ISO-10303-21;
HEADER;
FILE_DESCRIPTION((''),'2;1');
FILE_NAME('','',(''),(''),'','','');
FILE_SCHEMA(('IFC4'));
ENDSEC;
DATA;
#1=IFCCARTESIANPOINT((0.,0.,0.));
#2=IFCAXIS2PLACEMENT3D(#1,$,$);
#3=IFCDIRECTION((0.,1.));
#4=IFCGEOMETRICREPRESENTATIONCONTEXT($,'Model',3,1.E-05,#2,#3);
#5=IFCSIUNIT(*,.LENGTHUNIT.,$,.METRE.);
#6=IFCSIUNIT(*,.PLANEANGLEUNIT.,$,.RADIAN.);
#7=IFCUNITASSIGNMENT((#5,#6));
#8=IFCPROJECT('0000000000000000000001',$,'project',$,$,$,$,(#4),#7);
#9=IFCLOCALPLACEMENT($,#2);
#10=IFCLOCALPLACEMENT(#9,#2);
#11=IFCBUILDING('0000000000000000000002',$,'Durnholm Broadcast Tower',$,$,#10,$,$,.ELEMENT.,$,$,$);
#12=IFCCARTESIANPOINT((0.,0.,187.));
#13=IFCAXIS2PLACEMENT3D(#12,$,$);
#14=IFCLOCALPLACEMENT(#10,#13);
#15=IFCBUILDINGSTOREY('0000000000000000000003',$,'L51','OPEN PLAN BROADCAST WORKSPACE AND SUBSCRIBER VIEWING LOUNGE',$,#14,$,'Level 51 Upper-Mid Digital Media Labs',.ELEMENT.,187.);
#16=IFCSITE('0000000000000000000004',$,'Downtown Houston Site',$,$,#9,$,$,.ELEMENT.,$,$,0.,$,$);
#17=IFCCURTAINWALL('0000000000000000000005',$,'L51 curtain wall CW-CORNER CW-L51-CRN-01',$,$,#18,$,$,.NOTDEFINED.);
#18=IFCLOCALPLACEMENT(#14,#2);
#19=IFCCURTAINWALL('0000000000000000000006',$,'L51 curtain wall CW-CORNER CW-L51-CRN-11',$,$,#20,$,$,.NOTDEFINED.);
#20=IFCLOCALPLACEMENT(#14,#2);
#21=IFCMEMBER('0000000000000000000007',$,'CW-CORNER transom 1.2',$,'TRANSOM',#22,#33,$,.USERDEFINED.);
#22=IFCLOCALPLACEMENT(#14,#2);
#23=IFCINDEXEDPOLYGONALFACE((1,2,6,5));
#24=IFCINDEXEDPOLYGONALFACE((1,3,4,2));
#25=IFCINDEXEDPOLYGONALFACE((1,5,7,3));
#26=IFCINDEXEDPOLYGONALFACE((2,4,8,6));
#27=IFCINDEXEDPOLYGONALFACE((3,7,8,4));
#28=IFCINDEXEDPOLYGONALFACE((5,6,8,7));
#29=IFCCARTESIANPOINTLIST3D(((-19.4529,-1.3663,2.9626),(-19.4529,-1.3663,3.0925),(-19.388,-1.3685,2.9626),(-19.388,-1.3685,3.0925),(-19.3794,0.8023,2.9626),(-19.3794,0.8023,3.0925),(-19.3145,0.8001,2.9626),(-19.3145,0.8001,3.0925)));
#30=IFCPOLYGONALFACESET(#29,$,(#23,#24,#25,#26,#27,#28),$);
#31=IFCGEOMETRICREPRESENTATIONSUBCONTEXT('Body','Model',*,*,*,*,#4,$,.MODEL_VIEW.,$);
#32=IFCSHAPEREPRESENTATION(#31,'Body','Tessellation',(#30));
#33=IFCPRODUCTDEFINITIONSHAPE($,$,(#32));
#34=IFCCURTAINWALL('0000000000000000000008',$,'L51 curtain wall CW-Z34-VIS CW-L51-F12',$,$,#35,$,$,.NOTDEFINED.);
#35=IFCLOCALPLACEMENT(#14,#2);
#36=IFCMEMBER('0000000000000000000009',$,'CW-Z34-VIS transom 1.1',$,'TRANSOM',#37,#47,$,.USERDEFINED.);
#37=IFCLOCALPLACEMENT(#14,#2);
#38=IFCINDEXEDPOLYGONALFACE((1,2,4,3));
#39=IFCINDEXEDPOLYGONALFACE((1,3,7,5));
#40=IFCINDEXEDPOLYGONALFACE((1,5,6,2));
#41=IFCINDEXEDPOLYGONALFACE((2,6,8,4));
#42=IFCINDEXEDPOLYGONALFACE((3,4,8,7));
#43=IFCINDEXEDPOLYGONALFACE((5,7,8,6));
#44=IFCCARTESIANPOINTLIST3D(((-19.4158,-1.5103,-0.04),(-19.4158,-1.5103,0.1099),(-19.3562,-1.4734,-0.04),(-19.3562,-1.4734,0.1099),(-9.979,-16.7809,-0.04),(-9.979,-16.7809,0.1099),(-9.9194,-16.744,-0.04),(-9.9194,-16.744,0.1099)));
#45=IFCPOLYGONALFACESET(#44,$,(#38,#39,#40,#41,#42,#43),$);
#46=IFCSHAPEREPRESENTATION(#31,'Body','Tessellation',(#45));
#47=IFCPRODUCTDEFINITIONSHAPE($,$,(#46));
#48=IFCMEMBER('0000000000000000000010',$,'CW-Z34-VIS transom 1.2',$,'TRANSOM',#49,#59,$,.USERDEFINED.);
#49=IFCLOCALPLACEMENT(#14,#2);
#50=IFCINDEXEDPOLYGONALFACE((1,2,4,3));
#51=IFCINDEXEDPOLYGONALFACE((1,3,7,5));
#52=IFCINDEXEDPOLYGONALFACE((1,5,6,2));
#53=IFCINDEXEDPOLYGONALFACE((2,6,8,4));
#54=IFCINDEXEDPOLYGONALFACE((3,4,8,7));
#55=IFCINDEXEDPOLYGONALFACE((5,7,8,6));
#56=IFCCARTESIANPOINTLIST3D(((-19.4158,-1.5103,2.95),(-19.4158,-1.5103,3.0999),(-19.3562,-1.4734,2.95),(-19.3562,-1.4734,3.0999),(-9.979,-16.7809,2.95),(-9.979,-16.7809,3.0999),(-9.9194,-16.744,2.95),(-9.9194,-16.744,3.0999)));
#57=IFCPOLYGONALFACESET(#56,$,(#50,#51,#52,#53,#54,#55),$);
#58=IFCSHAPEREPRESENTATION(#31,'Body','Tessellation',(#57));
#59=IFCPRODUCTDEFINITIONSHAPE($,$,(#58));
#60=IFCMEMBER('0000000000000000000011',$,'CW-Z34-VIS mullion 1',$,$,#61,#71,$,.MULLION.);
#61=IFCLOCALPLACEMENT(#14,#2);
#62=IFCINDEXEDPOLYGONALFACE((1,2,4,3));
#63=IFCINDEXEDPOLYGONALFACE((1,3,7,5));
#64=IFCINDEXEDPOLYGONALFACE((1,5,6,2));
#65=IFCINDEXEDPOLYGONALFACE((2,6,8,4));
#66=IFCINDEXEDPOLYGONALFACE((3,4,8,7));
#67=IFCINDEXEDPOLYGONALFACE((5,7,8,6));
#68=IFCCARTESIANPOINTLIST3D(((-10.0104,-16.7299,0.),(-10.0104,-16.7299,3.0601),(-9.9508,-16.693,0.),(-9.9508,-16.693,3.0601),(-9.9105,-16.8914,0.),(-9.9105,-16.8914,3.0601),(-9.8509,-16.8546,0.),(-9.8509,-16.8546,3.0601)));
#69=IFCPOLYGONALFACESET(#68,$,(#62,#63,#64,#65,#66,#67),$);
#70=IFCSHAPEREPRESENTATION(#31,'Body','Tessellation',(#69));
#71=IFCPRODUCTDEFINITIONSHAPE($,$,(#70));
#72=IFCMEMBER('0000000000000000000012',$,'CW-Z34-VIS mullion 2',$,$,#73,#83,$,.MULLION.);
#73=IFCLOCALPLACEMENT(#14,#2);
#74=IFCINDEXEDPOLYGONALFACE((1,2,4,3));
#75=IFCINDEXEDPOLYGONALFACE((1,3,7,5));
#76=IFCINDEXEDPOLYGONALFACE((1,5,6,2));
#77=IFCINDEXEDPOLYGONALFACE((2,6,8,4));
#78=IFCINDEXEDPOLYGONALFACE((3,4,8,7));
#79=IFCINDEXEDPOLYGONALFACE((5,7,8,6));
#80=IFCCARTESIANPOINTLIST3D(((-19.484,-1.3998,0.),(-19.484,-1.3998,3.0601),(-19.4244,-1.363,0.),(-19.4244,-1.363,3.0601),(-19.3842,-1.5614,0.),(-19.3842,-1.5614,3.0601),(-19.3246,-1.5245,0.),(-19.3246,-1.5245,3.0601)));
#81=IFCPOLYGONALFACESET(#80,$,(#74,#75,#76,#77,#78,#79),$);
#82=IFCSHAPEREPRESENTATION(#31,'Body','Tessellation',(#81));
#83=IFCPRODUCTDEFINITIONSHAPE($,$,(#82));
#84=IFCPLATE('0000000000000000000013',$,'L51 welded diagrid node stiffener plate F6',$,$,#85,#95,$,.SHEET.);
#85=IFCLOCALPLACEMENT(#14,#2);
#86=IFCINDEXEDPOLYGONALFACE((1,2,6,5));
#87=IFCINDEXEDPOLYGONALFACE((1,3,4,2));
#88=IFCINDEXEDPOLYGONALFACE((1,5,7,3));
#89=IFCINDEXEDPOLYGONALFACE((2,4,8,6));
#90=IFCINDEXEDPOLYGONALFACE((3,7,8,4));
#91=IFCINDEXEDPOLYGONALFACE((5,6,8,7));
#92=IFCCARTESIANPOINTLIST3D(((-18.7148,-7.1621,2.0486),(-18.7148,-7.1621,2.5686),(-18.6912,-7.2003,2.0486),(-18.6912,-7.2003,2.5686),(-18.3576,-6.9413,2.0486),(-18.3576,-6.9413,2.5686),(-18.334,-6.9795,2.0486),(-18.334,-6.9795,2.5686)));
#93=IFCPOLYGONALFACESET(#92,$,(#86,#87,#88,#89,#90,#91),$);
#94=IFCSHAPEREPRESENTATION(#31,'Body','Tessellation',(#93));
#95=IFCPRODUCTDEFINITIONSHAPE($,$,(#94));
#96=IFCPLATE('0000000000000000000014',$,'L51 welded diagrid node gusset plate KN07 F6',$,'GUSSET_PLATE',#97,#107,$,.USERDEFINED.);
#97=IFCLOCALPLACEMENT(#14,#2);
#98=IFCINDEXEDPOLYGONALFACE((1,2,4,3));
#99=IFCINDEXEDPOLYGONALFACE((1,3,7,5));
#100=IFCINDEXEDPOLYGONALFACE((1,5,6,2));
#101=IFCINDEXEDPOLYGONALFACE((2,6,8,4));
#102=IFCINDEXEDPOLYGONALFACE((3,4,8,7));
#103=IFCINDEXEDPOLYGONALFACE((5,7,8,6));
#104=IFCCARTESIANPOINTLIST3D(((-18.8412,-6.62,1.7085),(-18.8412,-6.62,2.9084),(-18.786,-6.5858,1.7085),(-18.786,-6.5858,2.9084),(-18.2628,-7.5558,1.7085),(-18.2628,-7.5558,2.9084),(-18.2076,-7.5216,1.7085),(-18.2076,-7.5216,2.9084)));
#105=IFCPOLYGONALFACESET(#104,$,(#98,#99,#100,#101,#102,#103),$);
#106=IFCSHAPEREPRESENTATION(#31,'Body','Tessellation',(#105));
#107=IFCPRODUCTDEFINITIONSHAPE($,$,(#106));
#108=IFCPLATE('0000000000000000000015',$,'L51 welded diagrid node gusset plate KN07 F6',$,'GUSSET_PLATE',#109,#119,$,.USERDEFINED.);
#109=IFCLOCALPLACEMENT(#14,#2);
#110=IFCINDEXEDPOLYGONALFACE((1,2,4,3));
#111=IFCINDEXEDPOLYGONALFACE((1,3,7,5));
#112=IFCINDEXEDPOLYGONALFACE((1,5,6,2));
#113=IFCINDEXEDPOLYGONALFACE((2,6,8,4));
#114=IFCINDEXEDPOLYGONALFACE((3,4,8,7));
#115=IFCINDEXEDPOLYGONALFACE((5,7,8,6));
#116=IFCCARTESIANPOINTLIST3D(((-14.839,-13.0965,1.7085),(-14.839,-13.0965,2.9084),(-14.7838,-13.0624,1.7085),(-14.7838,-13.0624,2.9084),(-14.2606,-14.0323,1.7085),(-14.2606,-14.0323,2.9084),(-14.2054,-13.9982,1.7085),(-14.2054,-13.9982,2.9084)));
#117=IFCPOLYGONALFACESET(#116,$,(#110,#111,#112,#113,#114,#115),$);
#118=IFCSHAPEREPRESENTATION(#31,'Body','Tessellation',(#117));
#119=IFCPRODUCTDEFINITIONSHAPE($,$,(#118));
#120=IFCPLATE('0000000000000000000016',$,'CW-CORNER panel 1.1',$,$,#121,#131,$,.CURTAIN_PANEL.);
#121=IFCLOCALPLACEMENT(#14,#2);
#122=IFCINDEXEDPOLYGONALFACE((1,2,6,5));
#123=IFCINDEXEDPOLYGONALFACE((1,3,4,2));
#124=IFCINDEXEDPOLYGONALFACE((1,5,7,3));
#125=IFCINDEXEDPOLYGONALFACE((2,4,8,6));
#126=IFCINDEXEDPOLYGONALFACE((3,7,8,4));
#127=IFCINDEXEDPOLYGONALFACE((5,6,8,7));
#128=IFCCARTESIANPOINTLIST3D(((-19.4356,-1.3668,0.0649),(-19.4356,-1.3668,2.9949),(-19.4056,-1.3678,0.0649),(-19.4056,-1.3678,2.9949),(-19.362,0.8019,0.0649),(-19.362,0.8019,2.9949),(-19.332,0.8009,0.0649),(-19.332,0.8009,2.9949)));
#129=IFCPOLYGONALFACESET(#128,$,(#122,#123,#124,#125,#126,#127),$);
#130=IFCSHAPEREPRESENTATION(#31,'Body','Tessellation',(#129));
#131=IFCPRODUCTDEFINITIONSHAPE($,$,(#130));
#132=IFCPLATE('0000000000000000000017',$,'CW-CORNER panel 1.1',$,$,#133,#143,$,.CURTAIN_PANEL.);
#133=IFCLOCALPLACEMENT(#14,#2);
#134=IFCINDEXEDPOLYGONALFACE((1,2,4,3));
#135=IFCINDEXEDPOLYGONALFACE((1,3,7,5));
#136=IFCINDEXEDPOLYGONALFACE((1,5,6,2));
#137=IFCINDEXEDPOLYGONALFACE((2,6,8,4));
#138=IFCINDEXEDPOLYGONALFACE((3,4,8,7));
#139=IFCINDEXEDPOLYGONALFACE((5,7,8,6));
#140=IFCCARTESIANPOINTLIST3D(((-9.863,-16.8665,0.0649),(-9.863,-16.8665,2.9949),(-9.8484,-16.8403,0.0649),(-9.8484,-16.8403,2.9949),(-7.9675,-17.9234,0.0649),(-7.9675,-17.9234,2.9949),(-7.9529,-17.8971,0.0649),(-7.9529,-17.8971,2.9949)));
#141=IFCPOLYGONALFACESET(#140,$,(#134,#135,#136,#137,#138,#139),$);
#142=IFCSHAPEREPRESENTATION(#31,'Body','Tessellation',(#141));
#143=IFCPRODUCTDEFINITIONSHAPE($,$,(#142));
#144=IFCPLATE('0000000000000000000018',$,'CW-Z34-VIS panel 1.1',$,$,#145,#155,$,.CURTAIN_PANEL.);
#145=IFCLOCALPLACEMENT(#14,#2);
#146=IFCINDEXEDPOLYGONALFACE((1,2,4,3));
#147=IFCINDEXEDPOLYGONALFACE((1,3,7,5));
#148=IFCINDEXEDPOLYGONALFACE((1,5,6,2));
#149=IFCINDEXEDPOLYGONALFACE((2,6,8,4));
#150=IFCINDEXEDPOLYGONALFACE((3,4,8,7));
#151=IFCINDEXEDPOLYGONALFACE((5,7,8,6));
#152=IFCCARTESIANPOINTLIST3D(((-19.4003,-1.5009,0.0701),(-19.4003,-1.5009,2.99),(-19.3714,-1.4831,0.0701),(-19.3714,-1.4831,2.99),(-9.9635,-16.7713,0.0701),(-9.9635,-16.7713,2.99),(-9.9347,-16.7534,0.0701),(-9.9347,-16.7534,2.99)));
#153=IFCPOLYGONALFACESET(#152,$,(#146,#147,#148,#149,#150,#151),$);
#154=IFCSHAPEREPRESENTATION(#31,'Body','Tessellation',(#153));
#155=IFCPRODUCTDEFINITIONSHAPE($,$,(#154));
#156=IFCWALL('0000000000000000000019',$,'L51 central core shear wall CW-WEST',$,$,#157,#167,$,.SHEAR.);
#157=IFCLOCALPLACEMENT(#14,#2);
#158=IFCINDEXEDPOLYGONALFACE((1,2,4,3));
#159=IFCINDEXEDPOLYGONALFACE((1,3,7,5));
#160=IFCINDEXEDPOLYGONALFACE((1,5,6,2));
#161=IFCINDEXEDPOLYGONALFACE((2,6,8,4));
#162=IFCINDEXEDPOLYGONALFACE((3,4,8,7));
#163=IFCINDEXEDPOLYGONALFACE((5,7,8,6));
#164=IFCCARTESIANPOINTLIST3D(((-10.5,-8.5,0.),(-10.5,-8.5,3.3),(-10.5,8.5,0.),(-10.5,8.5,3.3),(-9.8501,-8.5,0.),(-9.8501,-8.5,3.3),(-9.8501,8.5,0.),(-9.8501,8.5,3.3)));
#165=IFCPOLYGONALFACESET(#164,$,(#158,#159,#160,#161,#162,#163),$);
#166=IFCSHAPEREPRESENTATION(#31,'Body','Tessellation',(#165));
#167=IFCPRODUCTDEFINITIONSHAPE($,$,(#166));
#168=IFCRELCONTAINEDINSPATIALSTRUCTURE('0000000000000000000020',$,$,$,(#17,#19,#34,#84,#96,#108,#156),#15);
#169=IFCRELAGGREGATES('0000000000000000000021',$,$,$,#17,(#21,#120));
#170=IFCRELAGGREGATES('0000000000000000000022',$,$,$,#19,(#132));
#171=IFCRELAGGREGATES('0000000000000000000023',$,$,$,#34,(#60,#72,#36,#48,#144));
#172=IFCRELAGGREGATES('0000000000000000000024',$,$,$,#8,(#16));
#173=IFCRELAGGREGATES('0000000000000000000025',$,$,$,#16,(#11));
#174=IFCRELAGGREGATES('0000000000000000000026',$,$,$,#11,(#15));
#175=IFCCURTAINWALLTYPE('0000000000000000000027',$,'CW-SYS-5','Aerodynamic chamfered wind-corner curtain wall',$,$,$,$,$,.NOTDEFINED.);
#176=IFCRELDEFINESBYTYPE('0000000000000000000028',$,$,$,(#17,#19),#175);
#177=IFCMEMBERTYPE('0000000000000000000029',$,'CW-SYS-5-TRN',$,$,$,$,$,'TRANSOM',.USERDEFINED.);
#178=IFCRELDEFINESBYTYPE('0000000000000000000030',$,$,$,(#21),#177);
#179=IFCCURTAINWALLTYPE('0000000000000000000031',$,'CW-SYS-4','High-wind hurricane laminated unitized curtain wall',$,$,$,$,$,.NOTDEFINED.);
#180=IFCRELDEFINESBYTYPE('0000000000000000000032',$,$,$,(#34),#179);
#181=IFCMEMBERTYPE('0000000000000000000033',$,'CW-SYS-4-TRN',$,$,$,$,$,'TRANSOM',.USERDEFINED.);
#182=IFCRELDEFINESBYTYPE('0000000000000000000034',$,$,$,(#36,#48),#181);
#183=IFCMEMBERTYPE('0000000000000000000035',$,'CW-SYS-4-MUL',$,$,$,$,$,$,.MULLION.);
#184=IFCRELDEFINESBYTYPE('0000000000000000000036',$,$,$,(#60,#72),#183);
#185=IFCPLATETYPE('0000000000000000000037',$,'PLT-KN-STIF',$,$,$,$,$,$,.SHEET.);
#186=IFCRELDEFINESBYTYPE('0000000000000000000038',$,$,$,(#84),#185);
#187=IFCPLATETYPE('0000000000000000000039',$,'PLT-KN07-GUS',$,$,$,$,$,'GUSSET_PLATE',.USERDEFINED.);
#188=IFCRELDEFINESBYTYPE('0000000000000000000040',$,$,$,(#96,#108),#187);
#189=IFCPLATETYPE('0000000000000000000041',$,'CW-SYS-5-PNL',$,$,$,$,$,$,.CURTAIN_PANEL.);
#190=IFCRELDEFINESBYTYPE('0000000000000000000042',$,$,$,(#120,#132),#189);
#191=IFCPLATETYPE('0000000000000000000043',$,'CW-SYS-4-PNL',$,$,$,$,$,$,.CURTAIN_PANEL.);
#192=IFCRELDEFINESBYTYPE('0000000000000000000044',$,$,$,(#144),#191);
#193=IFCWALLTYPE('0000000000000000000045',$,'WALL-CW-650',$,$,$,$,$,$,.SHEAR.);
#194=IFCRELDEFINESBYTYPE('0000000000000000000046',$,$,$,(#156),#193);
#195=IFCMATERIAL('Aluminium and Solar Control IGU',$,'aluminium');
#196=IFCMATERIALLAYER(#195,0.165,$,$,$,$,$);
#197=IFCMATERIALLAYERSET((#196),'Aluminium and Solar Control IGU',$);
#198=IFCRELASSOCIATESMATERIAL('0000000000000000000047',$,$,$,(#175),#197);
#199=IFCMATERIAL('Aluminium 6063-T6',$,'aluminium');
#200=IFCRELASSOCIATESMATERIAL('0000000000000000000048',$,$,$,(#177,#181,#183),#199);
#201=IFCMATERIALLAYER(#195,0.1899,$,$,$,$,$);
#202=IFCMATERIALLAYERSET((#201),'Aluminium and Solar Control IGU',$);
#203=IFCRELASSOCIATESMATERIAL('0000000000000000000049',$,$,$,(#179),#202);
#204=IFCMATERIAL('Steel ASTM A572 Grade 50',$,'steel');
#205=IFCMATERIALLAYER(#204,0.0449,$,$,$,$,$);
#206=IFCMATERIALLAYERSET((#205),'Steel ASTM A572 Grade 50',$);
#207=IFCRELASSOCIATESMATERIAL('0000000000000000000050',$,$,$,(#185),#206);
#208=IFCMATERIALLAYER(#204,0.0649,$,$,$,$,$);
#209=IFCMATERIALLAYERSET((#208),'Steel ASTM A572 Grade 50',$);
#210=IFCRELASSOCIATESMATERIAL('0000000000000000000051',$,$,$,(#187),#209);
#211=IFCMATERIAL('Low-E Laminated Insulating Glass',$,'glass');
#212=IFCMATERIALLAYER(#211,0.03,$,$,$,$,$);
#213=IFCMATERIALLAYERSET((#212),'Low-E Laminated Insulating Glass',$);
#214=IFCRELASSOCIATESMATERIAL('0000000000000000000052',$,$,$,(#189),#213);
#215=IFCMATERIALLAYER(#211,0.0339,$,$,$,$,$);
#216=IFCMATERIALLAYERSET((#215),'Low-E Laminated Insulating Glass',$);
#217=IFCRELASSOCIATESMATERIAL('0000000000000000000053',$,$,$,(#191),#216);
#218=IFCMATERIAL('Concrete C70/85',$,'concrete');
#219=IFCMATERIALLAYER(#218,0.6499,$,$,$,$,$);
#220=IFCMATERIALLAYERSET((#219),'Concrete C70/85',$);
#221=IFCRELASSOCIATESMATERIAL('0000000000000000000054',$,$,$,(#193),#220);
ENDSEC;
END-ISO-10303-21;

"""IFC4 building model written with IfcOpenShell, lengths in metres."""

from ifc_helpers import new_model, si_unit, direction, frame, frame_2d, origin, origin_2d, place, context, subcontext, project, spatial, rectangle, extrude, source, transform, mapped, material, layer, layer_set, material_profile, profile_set, type_object, type_shapes, element, aggregate, save


model = new_model("IFC4")

# Units and contexts
model_context = context("Model", 3, precision=1e-05, world=origin(), true_north=direction((0.0, 1.0)))
body_context = subcontext(model_context, "Body", "Model", "MODEL_VIEW")
ifc_project = project(units=[si_unit("LENGTHUNIT", "METRE"), si_unit("PLANEANGLEUNIT", "RADIAN")], contexts=[model_context])

# Site, building, storey
site_placement = place(None, origin())
site = spatial("IfcSite", under=ifc_project, at=site_placement, Name="Downtown Houston Site", CompositionType="ELEMENT", RefElevation=0.0)
building_placement = place(site_placement, origin())
building = spatial("IfcBuilding", under=site, at=building_placement, Name="Durnholm Broadcast Tower", CompositionType="ELEMENT")
storey_placement = place(building_placement, frame((0.0, 0.0, 187.0)))
storey = spatial("IfcBuildingStorey", under=building, at=storey_placement, Name="L51", Description="OPEN PLAN BROADCAST WORKSPACE AND SUBSCRIBER VIEWING LOUNGE", LongName="Level 51 Upper-Mid Digital Media Labs", CompositionType="ELEMENT", Elevation=187.0)

# Shared definitions
ifc_material_1 = material(Name="Concrete C70/85", Category="concrete")

# Curtain walls
ifc_material_2 = material(Name="Aluminium and Solar Control IGU", Category="aluminium")
ifc_layer_1 = layer(ifc_material_2, 0.165)
ifc_layer_set_1 = layer_set([ifc_layer_1], Name="Aluminium and Solar Control IGU")
curtain_wall_type_1 = type_object("IfcCurtainWallType", Name="CW-SYS-5", Description="Aerodynamic chamfered wind-corner curtain wall", PredefinedType="NOTDEFINED", material=ifc_layer_set_1)
curtain_wall_1_placement = place(storey_placement, origin())
curtain_wall_1 = element("IfcCurtainWall", 1, at=curtain_wall_1_placement, inside=storey, type_object=curtain_wall_type_1, Name="L51 curtain wall CW-CORNER CW-L51-CRN-01", PredefinedType="NOTDEFINED")
ifc_material_3 = material(Name="Aluminium 6063-T6", Category="aluminium")
curtain_wall_2_placement = place(storey_placement, origin())
curtain_wall_2 = element("IfcCurtainWall", 2, at=curtain_wall_2_placement, inside=storey, type_object=curtain_wall_type_1, Name="L51 curtain wall CW-CORNER CW-L51-CRN-11", PredefinedType="NOTDEFINED")

# Member
ifc_material_profile_1 = material_profile(ifc_material_3, rectangle(XDim=0.0649, YDim=0.1299, at=origin_2d()), Name="CWT65X130")
ifc_profile_set_1 = profile_set([ifc_material_profile_1], Name="Aluminium 6063-T6")
member_type_1 = type_object("IfcMemberType", Name="CW-SYS-5-TRN", ElementType="TRANSOM", PredefinedType="USERDEFINED", material=ifc_profile_set_1)
shared_shape_1 = source(origin(), body_context, "Body", "SweptSolid", [
    extrude(rectangle(XDim=0.0649, YDim=0.1299, at=origin_2d()), origin(), (0.0, 0.0, 1.0), 2.1699),
])
type_shapes(member_type_1, [shared_shape_1])
member_1_placement = place(storey_placement, frame((-19.4204, -1.3674, 3.0276), z_axis=(0.033866, 0.999426, 0.0), x_axis=(-0.999426, 0.033866, 0.0)))
member_1 = element("IfcMember", 3, at=member_1_placement, type_object=member_type_1, Name="CW-CORNER transom 1.2", ObjectType="TRANSOM", PredefinedType="USERDEFINED", context=body_context, shape_type="MappedRepresentation", body=[
    mapped(shared_shape_1, transform((0.0, 0.0, 0.0), x_axis=(1.0, 0.0, 0.0), y_axis=(0.0, 1.0, 0.0), z_axis=(0.0, 0.0, 1.0), scale=1.0)),
])

# Curtain wall, members
ifc_layer_2 = layer(ifc_material_2, 0.1899)
ifc_layer_set_2 = layer_set([ifc_layer_2], Name="Aluminium and Solar Control IGU")
curtain_wall_type_2 = type_object("IfcCurtainWallType", Name="CW-SYS-4", Description="High-wind hurricane laminated unitized curtain wall", PredefinedType="NOTDEFINED", material=ifc_layer_set_2)
curtain_wall_3_placement = place(storey_placement, origin())
curtain_wall_3 = element("IfcCurtainWall", 4, at=curtain_wall_3_placement, inside=storey, type_object=curtain_wall_type_2, Name="L51 curtain wall CW-Z34-VIS CW-L51-F12", PredefinedType="NOTDEFINED")
ifc_material_profile_2 = material_profile(ifc_material_3, rectangle(XDim=0.0701, YDim=0.1499, at=origin_2d()), Name="CWT70X150")
ifc_profile_set_2 = profile_set([ifc_material_profile_2], Name="Aluminium 6063-T6")
member_type_2 = type_object("IfcMemberType", Name="CW-SYS-4-TRN", ElementType="TRANSOM", PredefinedType="USERDEFINED", material=ifc_profile_set_2)
shared_shape_2 = source(origin(), body_context, "Body", "SweptSolid", [
    extrude(rectangle(XDim=0.0701, YDim=0.1499, at=origin_2d()), origin(), (0.0, 0.0, 1.0), 17.9512),
])
type_shapes(member_type_2, [shared_shape_2])
member_2_placement = place(storey_placement, frame((-9.9492, -16.7625, 0.0349), z_axis=(-0.525694, 0.850674, 0.0), x_axis=(-0.850674, -0.525694, 0.0)))
member_2 = element("IfcMember", 5, at=member_2_placement, type_object=member_type_2, Name="CW-Z34-VIS transom 1.1", ObjectType="TRANSOM", PredefinedType="USERDEFINED", context=body_context, shape_type="MappedRepresentation", body=[
    mapped(shared_shape_2, transform((0.0, 0.0, 0.0), x_axis=(1.0, 0.0, 0.0), y_axis=(0.0, 1.0, 0.0), z_axis=(0.0, 0.0, 1.0), scale=1.0)),
])
member_3_placement = place(storey_placement, frame((-9.9492, -16.7625, 3.0249), z_axis=(-0.525694, 0.850674, 0.0), x_axis=(-0.850674, -0.525694, 0.0)))
member_3 = element("IfcMember", 6, at=member_3_placement, type_object=member_type_2, Name="CW-Z34-VIS transom 1.2", ObjectType="TRANSOM", PredefinedType="USERDEFINED", context=body_context, shape_type="MappedRepresentation", body=[
    mapped(shared_shape_2, transform((0.0, 0.0, 0.0), x_axis=(1.0, 0.0, 0.0), y_axis=(0.0, 1.0, 0.0), z_axis=(0.0, 0.0, 1.0), scale=1.0)),
])
ifc_material_profile_3 = material_profile(ifc_material_3, rectangle(XDim=0.0701, YDim=0.1899, at=origin_2d()), Name="CWM70X190")
ifc_profile_set_3 = profile_set([ifc_material_profile_3], Name="Aluminium 6063-T6")
member_type_3 = type_object("IfcMemberType", Name="CW-SYS-4-MUL", PredefinedType="MULLION", material=ifc_profile_set_3)
shared_shape_3 = source(origin(), body_context, "Body", "SweptSolid", [
    extrude(rectangle(XDim=0.0701, YDim=0.1899, at=origin_2d()), origin(), (0.0, 0.0, 1.0), 3.0601),
])
type_shapes(member_type_3, [shared_shape_3])
member_4_placement = place(storey_placement, frame((-9.9307, -16.7922, 0.0), z_axis=(0.0, 0.0, 1.0), x_axis=(-0.850671, -0.525698, 0.0)))
member_4 = element("IfcMember", 7, at=member_4_placement, type_object=member_type_3, Name="CW-Z34-VIS mullion 1", PredefinedType="MULLION", context=body_context, shape_type="MappedRepresentation", body=[
    mapped(shared_shape_3, transform((0.0, 0.0, 0.0), x_axis=(1.0, 0.0, 0.0), y_axis=(0.0, 1.0, 0.0), z_axis=(0.0, 0.0, 1.0), scale=1.0)),
])
member_5_placement = place(storey_placement, frame((-19.4043, -1.4622, 0.0), z_axis=(0.0, 0.0, 1.0), x_axis=(-0.850671, -0.525698, 0.0)))
member_5 = element("IfcMember", 8, at=member_5_placement, type_object=member_type_3, Name="CW-Z34-VIS mullion 2", PredefinedType="MULLION", context=body_context, shape_type="MappedRepresentation", body=[
    mapped(shared_shape_3, transform((0.0, 0.0, 0.0), x_axis=(1.0, 0.0, 0.0), y_axis=(0.0, 1.0, 0.0), z_axis=(0.0, 0.0, 1.0), scale=1.0)),
])

# Plates
ifc_material_4 = material(Name="Steel ASTM A572 Grade 50", Category="steel")
ifc_layer_3 = layer(ifc_material_4, 0.0449)
ifc_layer_set_3 = layer_set([ifc_layer_3], Name="Steel ASTM A572 Grade 50")
plate_type_1 = type_object("IfcPlateType", Name="PLT-KN-STIF", PredefinedType="SHEET", material=ifc_layer_set_3)
shared_shape_4 = source(origin(), body_context, "Body", "SweptSolid", [
    extrude(rectangle(XDim=0.0449, YDim=0.4199, at=origin_2d()), origin(), (0.0, 0.0, 1.0), 0.52),
])
type_shapes(plate_type_1, [shared_shape_4])
plate_1_placement = place(storey_placement, frame((-18.5244, -7.0708, 2.0486), z_axis=(0.0, 0.0, 1.0), x_axis=(0.525769, -0.850628, 0.0)))
element("IfcPlate", 9, at=plate_1_placement, inside=storey, type_object=plate_type_1, Name="L51 welded diagrid node stiffener plate F6", PredefinedType="SHEET", context=body_context, shape_type="MappedRepresentation", body=[
    mapped(shared_shape_4, transform((0.0, 0.0, 0.0), x_axis=(1.0, 0.0, 0.0), y_axis=(0.0, 1.0, 0.0), z_axis=(0.0, 0.0, 1.0), scale=1.0)),
])
ifc_layer_4 = layer(ifc_material_4, 0.0649)
ifc_layer_set_4 = layer_set([ifc_layer_4], Name="Steel ASTM A572 Grade 50")
plate_type_2 = type_object("IfcPlateType", Name="PLT-KN07-GUS", ElementType="GUSSET_PLATE", PredefinedType="USERDEFINED", material=ifc_layer_set_4)
shared_shape_5 = source(origin(), body_context, "Body", "SweptSolid", [
    extrude(rectangle(XDim=1.1001, YDim=0.0649, at=origin_2d()), origin(), (0.0, 0.0, 1.0), 1.2),
])
type_shapes(plate_type_2, [shared_shape_5])
for number, where, z_axis, x_axis, name in (
    (10, (-18.5244, -7.0708, 1.7085), (0.0, 0.0, 1.0), (0.525769, -0.850628, 0.0), "L51 welded diagrid node gusset plate KN07 F6"),
    (11, (-14.5222, -13.5474, 1.7085), (0.0, 0.0, 1.0), (0.525769, -0.850628, 0.0), "L51 welded diagrid node gusset plate KN07 F6"),
):
    element("IfcPlate", number, at=place(storey_placement, frame(where, z_axis=z_axis, x_axis=x_axis)), inside=storey, type_object=plate_type_2, Name=name, ObjectType="GUSSET_PLATE", PredefinedType="USERDEFINED", context=body_context, shape_type="MappedRepresentation", body=[
        mapped(shared_shape_5, transform((0.0, 0.0, 0.0), x_axis=(1.0, 0.0, 0.0), y_axis=(0.0, 1.0, 0.0), z_axis=(0.0, 0.0, 1.0), scale=1.0)),
    ])

# Plates
ifc_material_5 = material(Name="Low-E Laminated Insulating Glass", Category="glass")
ifc_layer_5 = layer(ifc_material_5, 0.03)
ifc_layer_set_5 = layer_set([ifc_layer_5], Name="Low-E Laminated Insulating Glass")
plate_type_3 = type_object("IfcPlateType", Name="CW-SYS-5-PNL", PredefinedType="CURTAIN_PANEL", material=ifc_layer_set_5)
shared_shape_6 = source(origin(), body_context, "Body", "SweptSolid", [
    extrude(rectangle(XDim=2.1699, YDim=0.03, at=origin_2d()), origin(), (0.0, 0.0, 1.0), 2.9299),
])
plate_2_placement = place(storey_placement, frame((-19.3838, -0.283, 0.0649), z_axis=(0.0, 0.0, 1.0), x_axis=(0.033913, 0.999425, 0.0)))
plate_2 = element("IfcPlate", 12, at=plate_2_placement, type_object=plate_type_3, Name="CW-CORNER panel 1.1", PredefinedType="CURTAIN_PANEL", context=body_context, shape_type="MappedRepresentation", body=[
    mapped(shared_shape_6, transform((0.0, 0.0, 0.0), x_axis=(1.0, 0.0, 0.0), y_axis=(0.0, 1.0, 0.0), z_axis=(0.0, 0.0, 1.0), scale=1.0)),
])
aggregate(curtain_wall_1, [member_1, plate_2])
shared_shape_7 = source(origin(), body_context, "Body", "SweptSolid", [
    extrude(rectangle(XDim=2.1702, YDim=0.03, at=origin_2d()), origin(), (0.0, 0.0, 1.0), 2.9299),
])
type_shapes(plate_type_3, [shared_shape_6, shared_shape_7])
plate_3_placement = place(storey_placement, frame((-8.908, -17.3818, 0.0649), z_axis=(0.0, 0.0, 1.0), x_axis=(-0.87341, 0.486986, 0.0)))
plate_3 = element("IfcPlate", 13, at=plate_3_placement, type_object=plate_type_3, Name="CW-CORNER panel 1.1", PredefinedType="CURTAIN_PANEL", context=body_context, shape_type="MappedRepresentation", body=[
    mapped(shared_shape_7, transform((0.0, 0.0, 0.0), x_axis=(1.0, 0.0, 0.0), y_axis=(0.0, 1.0, 0.0), z_axis=(0.0, 0.0, 1.0), scale=1.0)),
])
aggregate(curtain_wall_2, [plate_3])
ifc_layer_6 = layer(ifc_material_5, 0.0339)
ifc_layer_set_6 = layer_set([ifc_layer_6], Name="Low-E Laminated Insulating Glass")
plate_type_4 = type_object("IfcPlateType", Name="CW-SYS-4-PNL", PredefinedType="CURTAIN_PANEL", material=ifc_layer_set_6)
shared_shape_8 = source(origin(), body_context, "Body", "SweptSolid", [
    extrude(rectangle(XDim=17.9509, YDim=0.0339, at=origin_2d()), origin(), (0.0, 0.0, 1.0), 2.9199),
])
type_shapes(plate_type_4, [shared_shape_8])
plate_4_placement = place(storey_placement, frame((-14.6675, -9.1272, 0.0701), z_axis=(0.0, 0.0, 1.0), x_axis=(-0.525698, 0.850671, 0.0)))
plate_4 = element("IfcPlate", 14, at=plate_4_placement, type_object=plate_type_4, Name="CW-Z34-VIS panel 1.1", PredefinedType="CURTAIN_PANEL", context=body_context, shape_type="MappedRepresentation", body=[
    mapped(shared_shape_8, transform((0.0, 0.0, 0.0), x_axis=(1.0, 0.0, 0.0), y_axis=(0.0, 1.0, 0.0), z_axis=(0.0, 0.0, 1.0), scale=1.0)),
])
aggregate(curtain_wall_3, [member_4, member_5, member_2, member_3, plate_4])

# Wall
ifc_layer_7 = layer(ifc_material_1, 0.6499)
ifc_layer_set_7 = layer_set([ifc_layer_7], Name="Concrete C70/85")
wall_type_1 = type_object("IfcWallType", Name="WALL-CW-650", PredefinedType="SHEAR", material=ifc_layer_set_7)
wall_1_placement = place(storey_placement, frame((-10.175, -8.5, 0.0), z_axis=(0.0, 0.0, 1.0), x_axis=(0.0, 1.0, 0.0)))
element("IfcWall", 15, at=wall_1_placement, inside=storey, type_object=wall_type_1, Name="L51 central core shear wall CW-WEST", PredefinedType="SHEAR", context=body_context, shape_type="SweptSolid", body=[
    extrude(rectangle(XDim=17.0, YDim=0.6499, at=frame_2d((8.5, 0.0))), origin(), (0.0, 0.0, 1.0), 3.3),
])

save(model, "model.ifc")
